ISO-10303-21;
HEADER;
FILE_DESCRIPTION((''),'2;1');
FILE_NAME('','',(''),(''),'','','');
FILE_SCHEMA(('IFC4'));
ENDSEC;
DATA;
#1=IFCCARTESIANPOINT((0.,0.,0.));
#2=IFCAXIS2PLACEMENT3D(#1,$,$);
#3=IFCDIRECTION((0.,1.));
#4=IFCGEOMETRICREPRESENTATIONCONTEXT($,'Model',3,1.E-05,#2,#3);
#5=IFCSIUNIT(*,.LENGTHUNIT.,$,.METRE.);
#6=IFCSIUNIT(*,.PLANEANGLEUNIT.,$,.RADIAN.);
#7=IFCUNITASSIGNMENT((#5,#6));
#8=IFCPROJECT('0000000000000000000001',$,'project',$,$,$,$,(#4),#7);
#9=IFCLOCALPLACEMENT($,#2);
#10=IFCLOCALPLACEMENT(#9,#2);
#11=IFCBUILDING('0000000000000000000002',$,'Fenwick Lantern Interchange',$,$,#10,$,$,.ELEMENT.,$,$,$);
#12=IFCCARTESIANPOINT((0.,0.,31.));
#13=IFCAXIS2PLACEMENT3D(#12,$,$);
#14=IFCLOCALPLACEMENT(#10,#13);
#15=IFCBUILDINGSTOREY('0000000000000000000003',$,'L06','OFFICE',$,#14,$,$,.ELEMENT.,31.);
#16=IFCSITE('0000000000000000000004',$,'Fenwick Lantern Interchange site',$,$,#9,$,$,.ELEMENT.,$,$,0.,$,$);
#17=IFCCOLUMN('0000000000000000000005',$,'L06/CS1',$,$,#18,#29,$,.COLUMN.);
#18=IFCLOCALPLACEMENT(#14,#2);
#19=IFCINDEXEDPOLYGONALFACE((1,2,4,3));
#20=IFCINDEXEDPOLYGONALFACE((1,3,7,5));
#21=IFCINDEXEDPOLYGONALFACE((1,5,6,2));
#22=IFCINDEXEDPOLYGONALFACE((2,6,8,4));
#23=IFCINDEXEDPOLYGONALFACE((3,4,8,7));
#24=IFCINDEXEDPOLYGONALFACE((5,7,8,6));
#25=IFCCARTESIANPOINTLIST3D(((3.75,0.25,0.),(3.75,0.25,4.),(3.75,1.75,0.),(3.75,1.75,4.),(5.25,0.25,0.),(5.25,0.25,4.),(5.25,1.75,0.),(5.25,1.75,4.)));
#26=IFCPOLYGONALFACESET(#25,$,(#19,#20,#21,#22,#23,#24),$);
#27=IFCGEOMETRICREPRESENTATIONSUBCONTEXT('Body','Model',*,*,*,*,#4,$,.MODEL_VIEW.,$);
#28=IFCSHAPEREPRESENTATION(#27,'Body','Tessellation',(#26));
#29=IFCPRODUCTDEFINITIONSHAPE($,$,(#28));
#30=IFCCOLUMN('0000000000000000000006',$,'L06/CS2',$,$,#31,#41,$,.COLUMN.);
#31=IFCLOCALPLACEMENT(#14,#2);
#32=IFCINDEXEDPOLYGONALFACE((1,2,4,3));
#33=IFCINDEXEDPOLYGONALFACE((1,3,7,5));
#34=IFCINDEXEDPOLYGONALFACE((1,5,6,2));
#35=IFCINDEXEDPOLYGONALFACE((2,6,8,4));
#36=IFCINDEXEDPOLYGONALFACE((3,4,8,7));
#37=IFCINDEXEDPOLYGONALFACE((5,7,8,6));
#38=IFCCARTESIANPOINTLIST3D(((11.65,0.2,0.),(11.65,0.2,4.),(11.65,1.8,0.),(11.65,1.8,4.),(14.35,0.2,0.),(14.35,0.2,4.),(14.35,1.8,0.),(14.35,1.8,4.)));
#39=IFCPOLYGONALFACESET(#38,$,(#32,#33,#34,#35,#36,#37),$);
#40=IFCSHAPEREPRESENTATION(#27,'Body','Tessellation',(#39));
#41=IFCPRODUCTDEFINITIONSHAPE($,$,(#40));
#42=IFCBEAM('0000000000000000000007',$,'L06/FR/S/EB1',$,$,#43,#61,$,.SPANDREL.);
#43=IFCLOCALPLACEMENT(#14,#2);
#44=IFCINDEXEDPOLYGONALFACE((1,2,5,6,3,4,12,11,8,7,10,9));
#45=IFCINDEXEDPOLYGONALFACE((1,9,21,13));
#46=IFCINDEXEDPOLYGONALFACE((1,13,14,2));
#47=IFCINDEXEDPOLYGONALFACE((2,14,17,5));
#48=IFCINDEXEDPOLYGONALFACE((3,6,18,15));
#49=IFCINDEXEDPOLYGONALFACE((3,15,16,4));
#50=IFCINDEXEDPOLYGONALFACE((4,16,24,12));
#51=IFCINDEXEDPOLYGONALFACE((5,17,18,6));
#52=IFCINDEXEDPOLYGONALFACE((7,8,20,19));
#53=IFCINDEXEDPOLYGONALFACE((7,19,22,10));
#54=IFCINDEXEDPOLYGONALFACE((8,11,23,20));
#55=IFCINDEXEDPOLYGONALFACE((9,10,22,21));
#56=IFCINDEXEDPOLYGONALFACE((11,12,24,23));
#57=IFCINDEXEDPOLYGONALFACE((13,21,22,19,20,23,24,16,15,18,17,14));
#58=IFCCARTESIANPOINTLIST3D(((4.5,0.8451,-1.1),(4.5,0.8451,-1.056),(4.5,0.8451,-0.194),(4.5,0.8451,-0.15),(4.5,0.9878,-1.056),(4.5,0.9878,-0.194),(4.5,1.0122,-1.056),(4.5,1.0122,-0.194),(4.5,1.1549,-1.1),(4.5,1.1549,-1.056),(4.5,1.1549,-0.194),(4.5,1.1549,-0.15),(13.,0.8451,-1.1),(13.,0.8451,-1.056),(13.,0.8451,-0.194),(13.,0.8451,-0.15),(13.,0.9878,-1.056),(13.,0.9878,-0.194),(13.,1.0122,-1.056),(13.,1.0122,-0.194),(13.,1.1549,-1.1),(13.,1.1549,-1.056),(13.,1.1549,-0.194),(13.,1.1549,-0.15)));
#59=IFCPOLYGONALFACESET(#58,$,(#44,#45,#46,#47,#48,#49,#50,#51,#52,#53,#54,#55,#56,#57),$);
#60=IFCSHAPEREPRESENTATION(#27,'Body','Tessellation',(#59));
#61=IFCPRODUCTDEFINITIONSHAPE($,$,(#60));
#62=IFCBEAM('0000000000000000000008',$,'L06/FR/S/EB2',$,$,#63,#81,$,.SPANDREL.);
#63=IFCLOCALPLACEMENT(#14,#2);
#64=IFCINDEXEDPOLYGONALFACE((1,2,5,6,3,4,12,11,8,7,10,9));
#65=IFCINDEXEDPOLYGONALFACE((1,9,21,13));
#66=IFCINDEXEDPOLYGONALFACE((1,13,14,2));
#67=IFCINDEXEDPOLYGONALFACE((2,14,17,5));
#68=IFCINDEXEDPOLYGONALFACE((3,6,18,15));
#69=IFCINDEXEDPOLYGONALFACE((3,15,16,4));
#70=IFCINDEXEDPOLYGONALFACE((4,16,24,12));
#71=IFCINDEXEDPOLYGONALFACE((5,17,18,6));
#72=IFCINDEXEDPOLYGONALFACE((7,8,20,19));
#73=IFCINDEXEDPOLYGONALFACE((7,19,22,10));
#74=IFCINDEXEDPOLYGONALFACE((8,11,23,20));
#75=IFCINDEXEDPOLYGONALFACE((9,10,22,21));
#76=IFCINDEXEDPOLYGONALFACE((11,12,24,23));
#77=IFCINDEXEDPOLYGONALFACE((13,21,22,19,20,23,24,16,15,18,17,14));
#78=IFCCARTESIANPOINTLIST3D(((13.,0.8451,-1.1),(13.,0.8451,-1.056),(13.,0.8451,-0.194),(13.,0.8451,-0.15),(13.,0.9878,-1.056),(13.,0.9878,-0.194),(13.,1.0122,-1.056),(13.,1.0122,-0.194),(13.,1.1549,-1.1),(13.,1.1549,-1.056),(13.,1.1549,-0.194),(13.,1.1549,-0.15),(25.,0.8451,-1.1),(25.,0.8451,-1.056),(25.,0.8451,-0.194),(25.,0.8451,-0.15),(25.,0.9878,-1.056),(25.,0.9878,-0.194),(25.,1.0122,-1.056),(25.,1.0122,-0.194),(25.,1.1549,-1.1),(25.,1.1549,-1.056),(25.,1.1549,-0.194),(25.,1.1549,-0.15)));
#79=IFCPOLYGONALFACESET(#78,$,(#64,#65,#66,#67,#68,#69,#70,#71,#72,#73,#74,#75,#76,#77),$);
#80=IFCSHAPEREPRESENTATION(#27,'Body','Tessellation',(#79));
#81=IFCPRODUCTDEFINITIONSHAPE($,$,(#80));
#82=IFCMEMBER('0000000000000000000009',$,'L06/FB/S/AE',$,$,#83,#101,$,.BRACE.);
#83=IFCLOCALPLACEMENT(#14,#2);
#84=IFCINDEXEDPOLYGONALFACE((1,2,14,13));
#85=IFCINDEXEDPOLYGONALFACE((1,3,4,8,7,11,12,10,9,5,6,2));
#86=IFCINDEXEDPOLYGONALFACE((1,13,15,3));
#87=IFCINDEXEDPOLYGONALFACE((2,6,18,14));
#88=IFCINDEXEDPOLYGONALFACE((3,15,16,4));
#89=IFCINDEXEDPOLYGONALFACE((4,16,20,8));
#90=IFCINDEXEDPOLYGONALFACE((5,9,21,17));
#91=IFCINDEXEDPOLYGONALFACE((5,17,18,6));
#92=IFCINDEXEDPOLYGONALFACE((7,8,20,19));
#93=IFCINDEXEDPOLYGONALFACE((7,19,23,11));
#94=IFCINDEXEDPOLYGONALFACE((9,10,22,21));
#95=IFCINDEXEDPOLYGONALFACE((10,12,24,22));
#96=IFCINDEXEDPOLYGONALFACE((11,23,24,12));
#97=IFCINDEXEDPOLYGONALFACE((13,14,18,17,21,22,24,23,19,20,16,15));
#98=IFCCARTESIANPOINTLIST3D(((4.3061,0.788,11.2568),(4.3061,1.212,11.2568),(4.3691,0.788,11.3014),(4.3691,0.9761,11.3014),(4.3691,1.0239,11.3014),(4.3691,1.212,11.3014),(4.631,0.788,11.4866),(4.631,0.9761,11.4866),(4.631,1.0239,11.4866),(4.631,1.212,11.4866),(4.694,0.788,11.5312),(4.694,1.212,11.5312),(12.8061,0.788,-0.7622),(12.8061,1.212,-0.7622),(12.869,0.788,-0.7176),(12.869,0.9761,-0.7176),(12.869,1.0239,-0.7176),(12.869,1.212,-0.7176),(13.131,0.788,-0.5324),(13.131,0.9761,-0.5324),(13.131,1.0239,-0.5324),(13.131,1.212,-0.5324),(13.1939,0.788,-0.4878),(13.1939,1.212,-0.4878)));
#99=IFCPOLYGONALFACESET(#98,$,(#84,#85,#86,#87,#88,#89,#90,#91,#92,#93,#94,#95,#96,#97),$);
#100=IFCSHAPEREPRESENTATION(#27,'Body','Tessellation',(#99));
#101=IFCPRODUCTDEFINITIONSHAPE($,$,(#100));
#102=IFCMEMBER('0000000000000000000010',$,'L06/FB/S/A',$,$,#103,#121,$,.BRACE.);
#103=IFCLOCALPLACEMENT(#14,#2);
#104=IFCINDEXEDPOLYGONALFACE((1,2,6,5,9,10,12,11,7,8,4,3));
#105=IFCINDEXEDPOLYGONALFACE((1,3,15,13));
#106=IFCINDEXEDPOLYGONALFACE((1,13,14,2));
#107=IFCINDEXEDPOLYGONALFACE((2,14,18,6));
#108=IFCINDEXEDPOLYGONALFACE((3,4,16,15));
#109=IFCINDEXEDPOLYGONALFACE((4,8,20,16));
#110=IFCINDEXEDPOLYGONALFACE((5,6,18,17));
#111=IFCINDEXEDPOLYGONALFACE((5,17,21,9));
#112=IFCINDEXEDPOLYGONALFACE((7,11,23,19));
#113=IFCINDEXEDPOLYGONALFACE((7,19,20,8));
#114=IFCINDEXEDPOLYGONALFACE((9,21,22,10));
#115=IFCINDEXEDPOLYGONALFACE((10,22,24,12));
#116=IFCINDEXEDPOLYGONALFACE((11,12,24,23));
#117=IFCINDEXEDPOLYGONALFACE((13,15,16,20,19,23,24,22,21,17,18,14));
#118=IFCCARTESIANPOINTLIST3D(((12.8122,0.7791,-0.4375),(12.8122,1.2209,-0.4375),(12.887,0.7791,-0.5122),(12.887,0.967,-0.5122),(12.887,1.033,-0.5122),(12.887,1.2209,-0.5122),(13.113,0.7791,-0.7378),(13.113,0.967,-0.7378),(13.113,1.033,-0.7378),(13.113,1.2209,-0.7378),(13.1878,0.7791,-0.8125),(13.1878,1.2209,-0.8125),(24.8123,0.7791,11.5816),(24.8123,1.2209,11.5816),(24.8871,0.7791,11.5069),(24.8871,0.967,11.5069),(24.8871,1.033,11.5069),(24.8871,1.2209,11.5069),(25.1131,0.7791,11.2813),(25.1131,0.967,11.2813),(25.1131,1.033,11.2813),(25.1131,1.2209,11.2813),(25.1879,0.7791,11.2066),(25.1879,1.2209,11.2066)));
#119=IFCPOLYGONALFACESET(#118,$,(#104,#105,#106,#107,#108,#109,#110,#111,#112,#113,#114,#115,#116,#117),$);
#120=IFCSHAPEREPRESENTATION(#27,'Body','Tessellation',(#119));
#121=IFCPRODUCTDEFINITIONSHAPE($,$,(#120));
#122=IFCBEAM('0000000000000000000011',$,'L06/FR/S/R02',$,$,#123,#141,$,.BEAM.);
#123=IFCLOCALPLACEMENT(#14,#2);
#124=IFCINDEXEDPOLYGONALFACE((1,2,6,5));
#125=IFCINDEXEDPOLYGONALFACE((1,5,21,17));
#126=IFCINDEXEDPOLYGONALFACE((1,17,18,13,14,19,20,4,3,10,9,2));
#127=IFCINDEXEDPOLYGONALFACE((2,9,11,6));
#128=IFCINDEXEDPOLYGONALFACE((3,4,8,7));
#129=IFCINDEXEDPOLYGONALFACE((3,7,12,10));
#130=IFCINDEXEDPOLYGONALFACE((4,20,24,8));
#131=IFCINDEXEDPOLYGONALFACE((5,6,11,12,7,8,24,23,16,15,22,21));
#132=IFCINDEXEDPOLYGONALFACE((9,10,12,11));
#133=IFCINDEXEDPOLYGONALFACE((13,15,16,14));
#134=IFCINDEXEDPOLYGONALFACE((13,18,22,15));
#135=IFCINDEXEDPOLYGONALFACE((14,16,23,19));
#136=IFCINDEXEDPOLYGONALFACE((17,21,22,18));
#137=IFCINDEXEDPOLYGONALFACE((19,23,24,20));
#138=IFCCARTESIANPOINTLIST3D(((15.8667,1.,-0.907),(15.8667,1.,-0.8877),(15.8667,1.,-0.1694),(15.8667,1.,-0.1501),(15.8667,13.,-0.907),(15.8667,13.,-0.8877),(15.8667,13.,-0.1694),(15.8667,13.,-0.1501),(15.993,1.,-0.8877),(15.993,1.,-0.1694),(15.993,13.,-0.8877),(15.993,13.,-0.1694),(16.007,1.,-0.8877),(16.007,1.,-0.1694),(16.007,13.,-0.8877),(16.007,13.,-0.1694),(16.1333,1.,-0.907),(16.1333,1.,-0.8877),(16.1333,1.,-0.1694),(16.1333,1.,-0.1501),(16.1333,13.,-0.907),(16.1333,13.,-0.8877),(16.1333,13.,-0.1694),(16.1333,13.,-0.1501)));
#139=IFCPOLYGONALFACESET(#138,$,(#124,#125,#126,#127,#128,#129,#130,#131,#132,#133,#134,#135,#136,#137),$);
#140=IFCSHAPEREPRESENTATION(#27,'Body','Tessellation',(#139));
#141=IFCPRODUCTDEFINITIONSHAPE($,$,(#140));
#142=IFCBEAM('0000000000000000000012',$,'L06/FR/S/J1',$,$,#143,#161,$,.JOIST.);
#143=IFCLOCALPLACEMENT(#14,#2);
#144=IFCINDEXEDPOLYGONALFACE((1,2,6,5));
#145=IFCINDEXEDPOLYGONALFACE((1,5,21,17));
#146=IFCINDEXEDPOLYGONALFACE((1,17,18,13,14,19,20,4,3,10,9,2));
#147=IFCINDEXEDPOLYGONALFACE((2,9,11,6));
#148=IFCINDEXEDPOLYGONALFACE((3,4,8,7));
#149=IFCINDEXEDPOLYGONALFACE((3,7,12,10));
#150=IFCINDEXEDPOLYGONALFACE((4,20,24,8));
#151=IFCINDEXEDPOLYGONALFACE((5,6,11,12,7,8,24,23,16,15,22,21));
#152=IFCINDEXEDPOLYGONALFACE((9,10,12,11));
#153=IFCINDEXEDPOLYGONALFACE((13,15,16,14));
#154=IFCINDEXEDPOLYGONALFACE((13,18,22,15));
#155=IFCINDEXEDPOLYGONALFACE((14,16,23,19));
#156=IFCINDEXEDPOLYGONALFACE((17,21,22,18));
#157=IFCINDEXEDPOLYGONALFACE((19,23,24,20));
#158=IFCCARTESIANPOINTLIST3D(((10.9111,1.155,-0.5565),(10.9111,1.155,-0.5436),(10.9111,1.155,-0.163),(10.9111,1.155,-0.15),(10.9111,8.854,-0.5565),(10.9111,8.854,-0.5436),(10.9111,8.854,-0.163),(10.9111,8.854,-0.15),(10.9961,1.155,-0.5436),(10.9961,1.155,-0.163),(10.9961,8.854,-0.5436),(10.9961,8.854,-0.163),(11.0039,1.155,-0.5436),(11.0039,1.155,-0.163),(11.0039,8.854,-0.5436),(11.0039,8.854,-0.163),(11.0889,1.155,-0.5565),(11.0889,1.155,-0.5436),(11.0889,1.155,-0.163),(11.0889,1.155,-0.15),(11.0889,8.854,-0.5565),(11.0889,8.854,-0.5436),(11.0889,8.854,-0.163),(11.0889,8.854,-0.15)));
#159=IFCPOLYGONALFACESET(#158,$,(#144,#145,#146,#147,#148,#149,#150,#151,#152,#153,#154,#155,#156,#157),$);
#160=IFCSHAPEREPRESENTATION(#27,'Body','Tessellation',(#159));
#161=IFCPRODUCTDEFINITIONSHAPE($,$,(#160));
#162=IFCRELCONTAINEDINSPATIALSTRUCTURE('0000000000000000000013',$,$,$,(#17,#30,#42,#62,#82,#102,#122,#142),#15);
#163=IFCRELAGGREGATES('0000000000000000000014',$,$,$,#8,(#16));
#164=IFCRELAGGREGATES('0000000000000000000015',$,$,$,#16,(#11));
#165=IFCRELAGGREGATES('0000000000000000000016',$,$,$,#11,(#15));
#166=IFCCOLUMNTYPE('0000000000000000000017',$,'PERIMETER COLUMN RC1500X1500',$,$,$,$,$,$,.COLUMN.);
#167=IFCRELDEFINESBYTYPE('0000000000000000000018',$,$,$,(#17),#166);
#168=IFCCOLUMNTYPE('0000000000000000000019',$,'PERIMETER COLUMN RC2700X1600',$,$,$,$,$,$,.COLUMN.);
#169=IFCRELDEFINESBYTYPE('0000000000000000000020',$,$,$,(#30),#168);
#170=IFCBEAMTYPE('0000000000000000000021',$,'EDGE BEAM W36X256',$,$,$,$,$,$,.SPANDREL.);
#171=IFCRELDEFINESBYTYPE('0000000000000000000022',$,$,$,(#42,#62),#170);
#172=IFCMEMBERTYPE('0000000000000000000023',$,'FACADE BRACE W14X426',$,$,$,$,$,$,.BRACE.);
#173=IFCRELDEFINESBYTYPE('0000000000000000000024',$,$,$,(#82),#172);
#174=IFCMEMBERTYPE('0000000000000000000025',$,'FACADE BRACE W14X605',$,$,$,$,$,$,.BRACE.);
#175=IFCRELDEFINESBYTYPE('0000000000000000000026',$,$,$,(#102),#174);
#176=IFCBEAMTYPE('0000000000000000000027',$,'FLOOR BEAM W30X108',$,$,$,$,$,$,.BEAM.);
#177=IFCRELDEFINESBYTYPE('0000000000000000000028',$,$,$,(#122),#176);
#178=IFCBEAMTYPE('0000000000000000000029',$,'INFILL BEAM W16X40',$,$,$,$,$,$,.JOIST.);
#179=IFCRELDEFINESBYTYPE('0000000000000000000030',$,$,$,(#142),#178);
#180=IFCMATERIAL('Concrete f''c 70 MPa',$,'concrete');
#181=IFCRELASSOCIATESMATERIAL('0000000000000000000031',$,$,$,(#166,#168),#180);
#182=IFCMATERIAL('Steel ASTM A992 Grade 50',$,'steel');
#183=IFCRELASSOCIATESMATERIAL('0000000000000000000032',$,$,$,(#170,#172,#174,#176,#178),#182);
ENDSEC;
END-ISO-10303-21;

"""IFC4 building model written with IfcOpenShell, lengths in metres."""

from ifc_helpers import new_model, si_unit, direction, frame, origin, origin_2d, place, context, subcontext, project, spatial, rectangle, i_section, extrude, material, material_profile, profile_set, type_object, element, save


model = new_model("IFC4")

# Units and contexts
model_context = context("Model", 3, precision=1e-05, world=origin(), true_north=direction((0.0, 1.0)))
body_context = subcontext(model_context, "Body", "Model", "MODEL_VIEW")
ifc_project = project(units=[si_unit("LENGTHUNIT", "METRE"), si_unit("PLANEANGLEUNIT", "RADIAN")], contexts=[model_context])

# Site, building, storey
site_placement = place(None, origin())
site = spatial("IfcSite", under=ifc_project, at=site_placement, Name="Fenwick Lantern Interchange site", CompositionType="ELEMENT", RefElevation=0.0)
building_placement = place(site_placement, origin())
building = spatial("IfcBuilding", under=site, at=building_placement, Name="Fenwick Lantern Interchange", CompositionType="ELEMENT")
storey_placement = place(building_placement, frame((0.0, 0.0, 31.0)))
storey = spatial("IfcBuildingStorey", under=building, at=storey_placement, Name="L06", Description="OFFICE", CompositionType="ELEMENT", Elevation=31.0)

# Columns
ifc_material_1 = material(Name="Concrete f'c 70 MPa", Category="concrete")
ifc_material_profile_1 = material_profile(ifc_material_1, rectangle(XDim=1.5, YDim=1.5, at=origin_2d()), Name="RC1500X1500")
ifc_profile_set_1 = profile_set([ifc_material_profile_1], Name="Concrete f'c 70 MPa")
column_type_1 = type_object("IfcColumnType", Name="PERIMETER COLUMN RC1500X1500", PredefinedType="COLUMN", material=ifc_profile_set_1)
column_1_placement = place(storey_placement, frame((4.5, 1.0, 0.0), z_axis=(0.0, 0.0, 1.0), x_axis=(1.0, 0.0, 0.0)))
element("IfcColumn", 1, at=column_1_placement, inside=storey, type_object=column_type_1, Name="L06/CS1", PredefinedType="COLUMN", context=body_context, shape_type="SweptSolid", body=[
    extrude(rectangle(XDim=1.5, YDim=1.5, at=origin_2d()), origin(), (0.0, 0.0, 1.0), 4.0),
])
ifc_material_profile_2 = material_profile(ifc_material_1, rectangle(XDim=2.7, YDim=1.6001, at=origin_2d()), Name="RC2700X1600")
ifc_profile_set_2 = profile_set([ifc_material_profile_2], Name="Concrete f'c 70 MPa")
column_type_2 = type_object("IfcColumnType", Name="PERIMETER COLUMN RC2700X1600", PredefinedType="COLUMN", material=ifc_profile_set_2)
column_2_placement = place(storey_placement, frame((13.0, 1.0, 0.0), z_axis=(0.0, 0.0, 1.0), x_axis=(1.0, 0.0, 0.0)))
element("IfcColumn", 2, at=column_2_placement, inside=storey, type_object=column_type_2, Name="L06/CS2", PredefinedType="COLUMN", context=body_context, shape_type="SweptSolid", body=[
    extrude(rectangle(XDim=2.7, YDim=1.6001, at=origin_2d()), origin(), (0.0, 0.0, 1.0), 4.0),
])

# Beams
ifc_material_2 = material(Name="Steel ASTM A992 Grade 50", Category="steel")
ifc_material_profile_3 = material_profile(ifc_material_2, i_section(OverallWidth=0.3098, OverallDepth=0.95, WebThickness=0.0244, FlangeThickness=0.0439, at=origin_2d()), Name="W36X256")
ifc_profile_set_3 = profile_set([ifc_material_profile_3], Name="Steel ASTM A992 Grade 50")
beam_type_1 = type_object("IfcBeamType", Name="EDGE BEAM W36X256", PredefinedType="SPANDREL", material=ifc_profile_set_3)
beam_1_placement = place(storey_placement, frame((4.5, 1.0, -0.625), z_axis=(1.0, 0.0, 0.0), x_axis=(0.0, 1.0, 0.0)))
element("IfcBeam", 3, at=beam_1_placement, inside=storey, type_object=beam_type_1, Name="L06/FR/S/EB1", PredefinedType="SPANDREL", context=body_context, shape_type="SweptSolid", body=[
    extrude(i_section(OverallWidth=0.3098, OverallDepth=0.95, WebThickness=0.0244, FlangeThickness=0.0439, at=origin_2d()), origin(), (0.0, 0.0, 1.0), 8.5),
])
beam_2_placement = place(storey_placement, frame((13.0, 1.0, -0.625), z_axis=(1.0, 0.0, 0.0), x_axis=(0.0, 1.0, 0.0)))
element("IfcBeam", 4, at=beam_2_placement, inside=storey, type_object=beam_type_1, Name="L06/FR/S/EB2", PredefinedType="SPANDREL", context=body_context, shape_type="SweptSolid", body=[
    extrude(i_section(OverallWidth=0.3098, OverallDepth=0.95, WebThickness=0.0244, FlangeThickness=0.0439, at=origin_2d()), origin(), (0.0, 0.0, 1.0), 12.0),
])

# Members
ifc_material_profile_4 = material_profile(ifc_material_2, i_section(OverallWidth=0.4241, OverallDepth=0.4751, WebThickness=0.0479, FlangeThickness=0.0771, at=origin_2d()), Name="W14X426")
ifc_profile_set_4 = profile_set([ifc_material_profile_4], Name="Steel ASTM A992 Grade 50")
member_type_1 = type_object("IfcMemberType", Name="FACADE BRACE W14X426", PredefinedType="BRACE", material=ifc_profile_set_4)
member_1_placement = place(storey_placement, frame((13.0, 1.0, -0.625), z_axis=(-0.577407, 0.0, 0.816456), x_axis=(0.0, -1.0, 0.0)))
element("IfcMember", 5, at=member_1_placement, inside=storey, type_object=member_type_1, Name="L06/FB/S/AE", PredefinedType="BRACE", context=body_context, shape_type="SweptSolid", body=[
    extrude(i_section(OverallWidth=0.4241, OverallDepth=0.4751, WebThickness=0.0479, FlangeThickness=0.0771, at=origin_2d()), origin(), (0.0, 0.0, 1.0), 14.7209),
])
ifc_material_profile_5 = material_profile(ifc_material_2, i_section(OverallWidth=0.4419, OverallDepth=0.5308, WebThickness=0.0659, FlangeThickness=0.1057, at=origin_2d()), Name="W14X605")
ifc_profile_set_5 = profile_set([ifc_material_profile_5], Name="Steel ASTM A992 Grade 50")
member_type_2 = type_object("IfcMemberType", Name="FACADE BRACE W14X605", PredefinedType="BRACE", material=ifc_profile_set_5)
member_2_placement = place(storey_placement, frame((13.0, 1.0, -0.625), z_axis=(0.706546, 0.0, 0.707667), x_axis=(0.0, 1.0, 0.0)))
element("IfcMember", 6, at=member_2_placement, inside=storey, type_object=member_type_2, Name="L06/FB/S/A", PredefinedType="BRACE", context=body_context, shape_type="SweptSolid", body=[
    extrude(i_section(OverallWidth=0.4419, OverallDepth=0.5308, WebThickness=0.0659, FlangeThickness=0.1057, at=origin_2d()), origin(), (0.0, 0.0, 1.0), 16.9841),
])

# Beams
ifc_material_profile_6 = material_profile(ifc_material_2, i_section(OverallWidth=0.2666, OverallDepth=0.7568, WebThickness=0.0139, FlangeThickness=0.0193, at=origin_2d()), Name="W30X108")
ifc_profile_set_6 = profile_set([ifc_material_profile_6], Name="Steel ASTM A992 Grade 50")
beam_type_2 = type_object("IfcBeamType", Name="FLOOR BEAM W30X108", PredefinedType="BEAM", material=ifc_profile_set_6)
beam_3_placement = place(storey_placement, frame((16.0, 1.0, -0.5286), z_axis=(0.0, 1.0, 0.0), x_axis=(-1.0, 0.0, 0.0)))
element("IfcBeam", 7, at=beam_3_placement, inside=storey, type_object=beam_type_2, Name="L06/FR/S/R02", PredefinedType="BEAM", context=body_context, shape_type="SweptSolid", body=[
    extrude(i_section(OverallWidth=0.2666, OverallDepth=0.7568, WebThickness=0.0139, FlangeThickness=0.0193, at=origin_2d()), origin(), (0.0, 0.0, 1.0), 12.0),
])
ifc_material_profile_7 = material_profile(ifc_material_2, i_section(OverallWidth=0.1777, OverallDepth=0.4065, WebThickness=0.0078, FlangeThickness=0.0129, at=origin_2d()), Name="W16X40")
ifc_profile_set_7 = profile_set([ifc_material_profile_7], Name="Steel ASTM A992 Grade 50")
beam_type_3 = type_object("IfcBeamType", Name="INFILL BEAM W16X40", PredefinedType="JOIST", material=ifc_profile_set_7)
beam_4_placement = place(storey_placement, frame((11.0, 1.155, -0.3533), z_axis=(0.0, 1.0, 0.0), x_axis=(-1.0, 0.0, 0.0)))
element("IfcBeam", 8, at=beam_4_placement, inside=storey, type_object=beam_type_3, Name="L06/FR/S/J1", PredefinedType="JOIST", context=body_context, shape_type="SweptSolid", body=[
    extrude(i_section(OverallWidth=0.1777, OverallDepth=0.4065, WebThickness=0.0078, FlangeThickness=0.0129, at=origin_2d()), origin(), (0.0, 0.0, 1.0), 7.699),
])

save(model, "model.ifc")
